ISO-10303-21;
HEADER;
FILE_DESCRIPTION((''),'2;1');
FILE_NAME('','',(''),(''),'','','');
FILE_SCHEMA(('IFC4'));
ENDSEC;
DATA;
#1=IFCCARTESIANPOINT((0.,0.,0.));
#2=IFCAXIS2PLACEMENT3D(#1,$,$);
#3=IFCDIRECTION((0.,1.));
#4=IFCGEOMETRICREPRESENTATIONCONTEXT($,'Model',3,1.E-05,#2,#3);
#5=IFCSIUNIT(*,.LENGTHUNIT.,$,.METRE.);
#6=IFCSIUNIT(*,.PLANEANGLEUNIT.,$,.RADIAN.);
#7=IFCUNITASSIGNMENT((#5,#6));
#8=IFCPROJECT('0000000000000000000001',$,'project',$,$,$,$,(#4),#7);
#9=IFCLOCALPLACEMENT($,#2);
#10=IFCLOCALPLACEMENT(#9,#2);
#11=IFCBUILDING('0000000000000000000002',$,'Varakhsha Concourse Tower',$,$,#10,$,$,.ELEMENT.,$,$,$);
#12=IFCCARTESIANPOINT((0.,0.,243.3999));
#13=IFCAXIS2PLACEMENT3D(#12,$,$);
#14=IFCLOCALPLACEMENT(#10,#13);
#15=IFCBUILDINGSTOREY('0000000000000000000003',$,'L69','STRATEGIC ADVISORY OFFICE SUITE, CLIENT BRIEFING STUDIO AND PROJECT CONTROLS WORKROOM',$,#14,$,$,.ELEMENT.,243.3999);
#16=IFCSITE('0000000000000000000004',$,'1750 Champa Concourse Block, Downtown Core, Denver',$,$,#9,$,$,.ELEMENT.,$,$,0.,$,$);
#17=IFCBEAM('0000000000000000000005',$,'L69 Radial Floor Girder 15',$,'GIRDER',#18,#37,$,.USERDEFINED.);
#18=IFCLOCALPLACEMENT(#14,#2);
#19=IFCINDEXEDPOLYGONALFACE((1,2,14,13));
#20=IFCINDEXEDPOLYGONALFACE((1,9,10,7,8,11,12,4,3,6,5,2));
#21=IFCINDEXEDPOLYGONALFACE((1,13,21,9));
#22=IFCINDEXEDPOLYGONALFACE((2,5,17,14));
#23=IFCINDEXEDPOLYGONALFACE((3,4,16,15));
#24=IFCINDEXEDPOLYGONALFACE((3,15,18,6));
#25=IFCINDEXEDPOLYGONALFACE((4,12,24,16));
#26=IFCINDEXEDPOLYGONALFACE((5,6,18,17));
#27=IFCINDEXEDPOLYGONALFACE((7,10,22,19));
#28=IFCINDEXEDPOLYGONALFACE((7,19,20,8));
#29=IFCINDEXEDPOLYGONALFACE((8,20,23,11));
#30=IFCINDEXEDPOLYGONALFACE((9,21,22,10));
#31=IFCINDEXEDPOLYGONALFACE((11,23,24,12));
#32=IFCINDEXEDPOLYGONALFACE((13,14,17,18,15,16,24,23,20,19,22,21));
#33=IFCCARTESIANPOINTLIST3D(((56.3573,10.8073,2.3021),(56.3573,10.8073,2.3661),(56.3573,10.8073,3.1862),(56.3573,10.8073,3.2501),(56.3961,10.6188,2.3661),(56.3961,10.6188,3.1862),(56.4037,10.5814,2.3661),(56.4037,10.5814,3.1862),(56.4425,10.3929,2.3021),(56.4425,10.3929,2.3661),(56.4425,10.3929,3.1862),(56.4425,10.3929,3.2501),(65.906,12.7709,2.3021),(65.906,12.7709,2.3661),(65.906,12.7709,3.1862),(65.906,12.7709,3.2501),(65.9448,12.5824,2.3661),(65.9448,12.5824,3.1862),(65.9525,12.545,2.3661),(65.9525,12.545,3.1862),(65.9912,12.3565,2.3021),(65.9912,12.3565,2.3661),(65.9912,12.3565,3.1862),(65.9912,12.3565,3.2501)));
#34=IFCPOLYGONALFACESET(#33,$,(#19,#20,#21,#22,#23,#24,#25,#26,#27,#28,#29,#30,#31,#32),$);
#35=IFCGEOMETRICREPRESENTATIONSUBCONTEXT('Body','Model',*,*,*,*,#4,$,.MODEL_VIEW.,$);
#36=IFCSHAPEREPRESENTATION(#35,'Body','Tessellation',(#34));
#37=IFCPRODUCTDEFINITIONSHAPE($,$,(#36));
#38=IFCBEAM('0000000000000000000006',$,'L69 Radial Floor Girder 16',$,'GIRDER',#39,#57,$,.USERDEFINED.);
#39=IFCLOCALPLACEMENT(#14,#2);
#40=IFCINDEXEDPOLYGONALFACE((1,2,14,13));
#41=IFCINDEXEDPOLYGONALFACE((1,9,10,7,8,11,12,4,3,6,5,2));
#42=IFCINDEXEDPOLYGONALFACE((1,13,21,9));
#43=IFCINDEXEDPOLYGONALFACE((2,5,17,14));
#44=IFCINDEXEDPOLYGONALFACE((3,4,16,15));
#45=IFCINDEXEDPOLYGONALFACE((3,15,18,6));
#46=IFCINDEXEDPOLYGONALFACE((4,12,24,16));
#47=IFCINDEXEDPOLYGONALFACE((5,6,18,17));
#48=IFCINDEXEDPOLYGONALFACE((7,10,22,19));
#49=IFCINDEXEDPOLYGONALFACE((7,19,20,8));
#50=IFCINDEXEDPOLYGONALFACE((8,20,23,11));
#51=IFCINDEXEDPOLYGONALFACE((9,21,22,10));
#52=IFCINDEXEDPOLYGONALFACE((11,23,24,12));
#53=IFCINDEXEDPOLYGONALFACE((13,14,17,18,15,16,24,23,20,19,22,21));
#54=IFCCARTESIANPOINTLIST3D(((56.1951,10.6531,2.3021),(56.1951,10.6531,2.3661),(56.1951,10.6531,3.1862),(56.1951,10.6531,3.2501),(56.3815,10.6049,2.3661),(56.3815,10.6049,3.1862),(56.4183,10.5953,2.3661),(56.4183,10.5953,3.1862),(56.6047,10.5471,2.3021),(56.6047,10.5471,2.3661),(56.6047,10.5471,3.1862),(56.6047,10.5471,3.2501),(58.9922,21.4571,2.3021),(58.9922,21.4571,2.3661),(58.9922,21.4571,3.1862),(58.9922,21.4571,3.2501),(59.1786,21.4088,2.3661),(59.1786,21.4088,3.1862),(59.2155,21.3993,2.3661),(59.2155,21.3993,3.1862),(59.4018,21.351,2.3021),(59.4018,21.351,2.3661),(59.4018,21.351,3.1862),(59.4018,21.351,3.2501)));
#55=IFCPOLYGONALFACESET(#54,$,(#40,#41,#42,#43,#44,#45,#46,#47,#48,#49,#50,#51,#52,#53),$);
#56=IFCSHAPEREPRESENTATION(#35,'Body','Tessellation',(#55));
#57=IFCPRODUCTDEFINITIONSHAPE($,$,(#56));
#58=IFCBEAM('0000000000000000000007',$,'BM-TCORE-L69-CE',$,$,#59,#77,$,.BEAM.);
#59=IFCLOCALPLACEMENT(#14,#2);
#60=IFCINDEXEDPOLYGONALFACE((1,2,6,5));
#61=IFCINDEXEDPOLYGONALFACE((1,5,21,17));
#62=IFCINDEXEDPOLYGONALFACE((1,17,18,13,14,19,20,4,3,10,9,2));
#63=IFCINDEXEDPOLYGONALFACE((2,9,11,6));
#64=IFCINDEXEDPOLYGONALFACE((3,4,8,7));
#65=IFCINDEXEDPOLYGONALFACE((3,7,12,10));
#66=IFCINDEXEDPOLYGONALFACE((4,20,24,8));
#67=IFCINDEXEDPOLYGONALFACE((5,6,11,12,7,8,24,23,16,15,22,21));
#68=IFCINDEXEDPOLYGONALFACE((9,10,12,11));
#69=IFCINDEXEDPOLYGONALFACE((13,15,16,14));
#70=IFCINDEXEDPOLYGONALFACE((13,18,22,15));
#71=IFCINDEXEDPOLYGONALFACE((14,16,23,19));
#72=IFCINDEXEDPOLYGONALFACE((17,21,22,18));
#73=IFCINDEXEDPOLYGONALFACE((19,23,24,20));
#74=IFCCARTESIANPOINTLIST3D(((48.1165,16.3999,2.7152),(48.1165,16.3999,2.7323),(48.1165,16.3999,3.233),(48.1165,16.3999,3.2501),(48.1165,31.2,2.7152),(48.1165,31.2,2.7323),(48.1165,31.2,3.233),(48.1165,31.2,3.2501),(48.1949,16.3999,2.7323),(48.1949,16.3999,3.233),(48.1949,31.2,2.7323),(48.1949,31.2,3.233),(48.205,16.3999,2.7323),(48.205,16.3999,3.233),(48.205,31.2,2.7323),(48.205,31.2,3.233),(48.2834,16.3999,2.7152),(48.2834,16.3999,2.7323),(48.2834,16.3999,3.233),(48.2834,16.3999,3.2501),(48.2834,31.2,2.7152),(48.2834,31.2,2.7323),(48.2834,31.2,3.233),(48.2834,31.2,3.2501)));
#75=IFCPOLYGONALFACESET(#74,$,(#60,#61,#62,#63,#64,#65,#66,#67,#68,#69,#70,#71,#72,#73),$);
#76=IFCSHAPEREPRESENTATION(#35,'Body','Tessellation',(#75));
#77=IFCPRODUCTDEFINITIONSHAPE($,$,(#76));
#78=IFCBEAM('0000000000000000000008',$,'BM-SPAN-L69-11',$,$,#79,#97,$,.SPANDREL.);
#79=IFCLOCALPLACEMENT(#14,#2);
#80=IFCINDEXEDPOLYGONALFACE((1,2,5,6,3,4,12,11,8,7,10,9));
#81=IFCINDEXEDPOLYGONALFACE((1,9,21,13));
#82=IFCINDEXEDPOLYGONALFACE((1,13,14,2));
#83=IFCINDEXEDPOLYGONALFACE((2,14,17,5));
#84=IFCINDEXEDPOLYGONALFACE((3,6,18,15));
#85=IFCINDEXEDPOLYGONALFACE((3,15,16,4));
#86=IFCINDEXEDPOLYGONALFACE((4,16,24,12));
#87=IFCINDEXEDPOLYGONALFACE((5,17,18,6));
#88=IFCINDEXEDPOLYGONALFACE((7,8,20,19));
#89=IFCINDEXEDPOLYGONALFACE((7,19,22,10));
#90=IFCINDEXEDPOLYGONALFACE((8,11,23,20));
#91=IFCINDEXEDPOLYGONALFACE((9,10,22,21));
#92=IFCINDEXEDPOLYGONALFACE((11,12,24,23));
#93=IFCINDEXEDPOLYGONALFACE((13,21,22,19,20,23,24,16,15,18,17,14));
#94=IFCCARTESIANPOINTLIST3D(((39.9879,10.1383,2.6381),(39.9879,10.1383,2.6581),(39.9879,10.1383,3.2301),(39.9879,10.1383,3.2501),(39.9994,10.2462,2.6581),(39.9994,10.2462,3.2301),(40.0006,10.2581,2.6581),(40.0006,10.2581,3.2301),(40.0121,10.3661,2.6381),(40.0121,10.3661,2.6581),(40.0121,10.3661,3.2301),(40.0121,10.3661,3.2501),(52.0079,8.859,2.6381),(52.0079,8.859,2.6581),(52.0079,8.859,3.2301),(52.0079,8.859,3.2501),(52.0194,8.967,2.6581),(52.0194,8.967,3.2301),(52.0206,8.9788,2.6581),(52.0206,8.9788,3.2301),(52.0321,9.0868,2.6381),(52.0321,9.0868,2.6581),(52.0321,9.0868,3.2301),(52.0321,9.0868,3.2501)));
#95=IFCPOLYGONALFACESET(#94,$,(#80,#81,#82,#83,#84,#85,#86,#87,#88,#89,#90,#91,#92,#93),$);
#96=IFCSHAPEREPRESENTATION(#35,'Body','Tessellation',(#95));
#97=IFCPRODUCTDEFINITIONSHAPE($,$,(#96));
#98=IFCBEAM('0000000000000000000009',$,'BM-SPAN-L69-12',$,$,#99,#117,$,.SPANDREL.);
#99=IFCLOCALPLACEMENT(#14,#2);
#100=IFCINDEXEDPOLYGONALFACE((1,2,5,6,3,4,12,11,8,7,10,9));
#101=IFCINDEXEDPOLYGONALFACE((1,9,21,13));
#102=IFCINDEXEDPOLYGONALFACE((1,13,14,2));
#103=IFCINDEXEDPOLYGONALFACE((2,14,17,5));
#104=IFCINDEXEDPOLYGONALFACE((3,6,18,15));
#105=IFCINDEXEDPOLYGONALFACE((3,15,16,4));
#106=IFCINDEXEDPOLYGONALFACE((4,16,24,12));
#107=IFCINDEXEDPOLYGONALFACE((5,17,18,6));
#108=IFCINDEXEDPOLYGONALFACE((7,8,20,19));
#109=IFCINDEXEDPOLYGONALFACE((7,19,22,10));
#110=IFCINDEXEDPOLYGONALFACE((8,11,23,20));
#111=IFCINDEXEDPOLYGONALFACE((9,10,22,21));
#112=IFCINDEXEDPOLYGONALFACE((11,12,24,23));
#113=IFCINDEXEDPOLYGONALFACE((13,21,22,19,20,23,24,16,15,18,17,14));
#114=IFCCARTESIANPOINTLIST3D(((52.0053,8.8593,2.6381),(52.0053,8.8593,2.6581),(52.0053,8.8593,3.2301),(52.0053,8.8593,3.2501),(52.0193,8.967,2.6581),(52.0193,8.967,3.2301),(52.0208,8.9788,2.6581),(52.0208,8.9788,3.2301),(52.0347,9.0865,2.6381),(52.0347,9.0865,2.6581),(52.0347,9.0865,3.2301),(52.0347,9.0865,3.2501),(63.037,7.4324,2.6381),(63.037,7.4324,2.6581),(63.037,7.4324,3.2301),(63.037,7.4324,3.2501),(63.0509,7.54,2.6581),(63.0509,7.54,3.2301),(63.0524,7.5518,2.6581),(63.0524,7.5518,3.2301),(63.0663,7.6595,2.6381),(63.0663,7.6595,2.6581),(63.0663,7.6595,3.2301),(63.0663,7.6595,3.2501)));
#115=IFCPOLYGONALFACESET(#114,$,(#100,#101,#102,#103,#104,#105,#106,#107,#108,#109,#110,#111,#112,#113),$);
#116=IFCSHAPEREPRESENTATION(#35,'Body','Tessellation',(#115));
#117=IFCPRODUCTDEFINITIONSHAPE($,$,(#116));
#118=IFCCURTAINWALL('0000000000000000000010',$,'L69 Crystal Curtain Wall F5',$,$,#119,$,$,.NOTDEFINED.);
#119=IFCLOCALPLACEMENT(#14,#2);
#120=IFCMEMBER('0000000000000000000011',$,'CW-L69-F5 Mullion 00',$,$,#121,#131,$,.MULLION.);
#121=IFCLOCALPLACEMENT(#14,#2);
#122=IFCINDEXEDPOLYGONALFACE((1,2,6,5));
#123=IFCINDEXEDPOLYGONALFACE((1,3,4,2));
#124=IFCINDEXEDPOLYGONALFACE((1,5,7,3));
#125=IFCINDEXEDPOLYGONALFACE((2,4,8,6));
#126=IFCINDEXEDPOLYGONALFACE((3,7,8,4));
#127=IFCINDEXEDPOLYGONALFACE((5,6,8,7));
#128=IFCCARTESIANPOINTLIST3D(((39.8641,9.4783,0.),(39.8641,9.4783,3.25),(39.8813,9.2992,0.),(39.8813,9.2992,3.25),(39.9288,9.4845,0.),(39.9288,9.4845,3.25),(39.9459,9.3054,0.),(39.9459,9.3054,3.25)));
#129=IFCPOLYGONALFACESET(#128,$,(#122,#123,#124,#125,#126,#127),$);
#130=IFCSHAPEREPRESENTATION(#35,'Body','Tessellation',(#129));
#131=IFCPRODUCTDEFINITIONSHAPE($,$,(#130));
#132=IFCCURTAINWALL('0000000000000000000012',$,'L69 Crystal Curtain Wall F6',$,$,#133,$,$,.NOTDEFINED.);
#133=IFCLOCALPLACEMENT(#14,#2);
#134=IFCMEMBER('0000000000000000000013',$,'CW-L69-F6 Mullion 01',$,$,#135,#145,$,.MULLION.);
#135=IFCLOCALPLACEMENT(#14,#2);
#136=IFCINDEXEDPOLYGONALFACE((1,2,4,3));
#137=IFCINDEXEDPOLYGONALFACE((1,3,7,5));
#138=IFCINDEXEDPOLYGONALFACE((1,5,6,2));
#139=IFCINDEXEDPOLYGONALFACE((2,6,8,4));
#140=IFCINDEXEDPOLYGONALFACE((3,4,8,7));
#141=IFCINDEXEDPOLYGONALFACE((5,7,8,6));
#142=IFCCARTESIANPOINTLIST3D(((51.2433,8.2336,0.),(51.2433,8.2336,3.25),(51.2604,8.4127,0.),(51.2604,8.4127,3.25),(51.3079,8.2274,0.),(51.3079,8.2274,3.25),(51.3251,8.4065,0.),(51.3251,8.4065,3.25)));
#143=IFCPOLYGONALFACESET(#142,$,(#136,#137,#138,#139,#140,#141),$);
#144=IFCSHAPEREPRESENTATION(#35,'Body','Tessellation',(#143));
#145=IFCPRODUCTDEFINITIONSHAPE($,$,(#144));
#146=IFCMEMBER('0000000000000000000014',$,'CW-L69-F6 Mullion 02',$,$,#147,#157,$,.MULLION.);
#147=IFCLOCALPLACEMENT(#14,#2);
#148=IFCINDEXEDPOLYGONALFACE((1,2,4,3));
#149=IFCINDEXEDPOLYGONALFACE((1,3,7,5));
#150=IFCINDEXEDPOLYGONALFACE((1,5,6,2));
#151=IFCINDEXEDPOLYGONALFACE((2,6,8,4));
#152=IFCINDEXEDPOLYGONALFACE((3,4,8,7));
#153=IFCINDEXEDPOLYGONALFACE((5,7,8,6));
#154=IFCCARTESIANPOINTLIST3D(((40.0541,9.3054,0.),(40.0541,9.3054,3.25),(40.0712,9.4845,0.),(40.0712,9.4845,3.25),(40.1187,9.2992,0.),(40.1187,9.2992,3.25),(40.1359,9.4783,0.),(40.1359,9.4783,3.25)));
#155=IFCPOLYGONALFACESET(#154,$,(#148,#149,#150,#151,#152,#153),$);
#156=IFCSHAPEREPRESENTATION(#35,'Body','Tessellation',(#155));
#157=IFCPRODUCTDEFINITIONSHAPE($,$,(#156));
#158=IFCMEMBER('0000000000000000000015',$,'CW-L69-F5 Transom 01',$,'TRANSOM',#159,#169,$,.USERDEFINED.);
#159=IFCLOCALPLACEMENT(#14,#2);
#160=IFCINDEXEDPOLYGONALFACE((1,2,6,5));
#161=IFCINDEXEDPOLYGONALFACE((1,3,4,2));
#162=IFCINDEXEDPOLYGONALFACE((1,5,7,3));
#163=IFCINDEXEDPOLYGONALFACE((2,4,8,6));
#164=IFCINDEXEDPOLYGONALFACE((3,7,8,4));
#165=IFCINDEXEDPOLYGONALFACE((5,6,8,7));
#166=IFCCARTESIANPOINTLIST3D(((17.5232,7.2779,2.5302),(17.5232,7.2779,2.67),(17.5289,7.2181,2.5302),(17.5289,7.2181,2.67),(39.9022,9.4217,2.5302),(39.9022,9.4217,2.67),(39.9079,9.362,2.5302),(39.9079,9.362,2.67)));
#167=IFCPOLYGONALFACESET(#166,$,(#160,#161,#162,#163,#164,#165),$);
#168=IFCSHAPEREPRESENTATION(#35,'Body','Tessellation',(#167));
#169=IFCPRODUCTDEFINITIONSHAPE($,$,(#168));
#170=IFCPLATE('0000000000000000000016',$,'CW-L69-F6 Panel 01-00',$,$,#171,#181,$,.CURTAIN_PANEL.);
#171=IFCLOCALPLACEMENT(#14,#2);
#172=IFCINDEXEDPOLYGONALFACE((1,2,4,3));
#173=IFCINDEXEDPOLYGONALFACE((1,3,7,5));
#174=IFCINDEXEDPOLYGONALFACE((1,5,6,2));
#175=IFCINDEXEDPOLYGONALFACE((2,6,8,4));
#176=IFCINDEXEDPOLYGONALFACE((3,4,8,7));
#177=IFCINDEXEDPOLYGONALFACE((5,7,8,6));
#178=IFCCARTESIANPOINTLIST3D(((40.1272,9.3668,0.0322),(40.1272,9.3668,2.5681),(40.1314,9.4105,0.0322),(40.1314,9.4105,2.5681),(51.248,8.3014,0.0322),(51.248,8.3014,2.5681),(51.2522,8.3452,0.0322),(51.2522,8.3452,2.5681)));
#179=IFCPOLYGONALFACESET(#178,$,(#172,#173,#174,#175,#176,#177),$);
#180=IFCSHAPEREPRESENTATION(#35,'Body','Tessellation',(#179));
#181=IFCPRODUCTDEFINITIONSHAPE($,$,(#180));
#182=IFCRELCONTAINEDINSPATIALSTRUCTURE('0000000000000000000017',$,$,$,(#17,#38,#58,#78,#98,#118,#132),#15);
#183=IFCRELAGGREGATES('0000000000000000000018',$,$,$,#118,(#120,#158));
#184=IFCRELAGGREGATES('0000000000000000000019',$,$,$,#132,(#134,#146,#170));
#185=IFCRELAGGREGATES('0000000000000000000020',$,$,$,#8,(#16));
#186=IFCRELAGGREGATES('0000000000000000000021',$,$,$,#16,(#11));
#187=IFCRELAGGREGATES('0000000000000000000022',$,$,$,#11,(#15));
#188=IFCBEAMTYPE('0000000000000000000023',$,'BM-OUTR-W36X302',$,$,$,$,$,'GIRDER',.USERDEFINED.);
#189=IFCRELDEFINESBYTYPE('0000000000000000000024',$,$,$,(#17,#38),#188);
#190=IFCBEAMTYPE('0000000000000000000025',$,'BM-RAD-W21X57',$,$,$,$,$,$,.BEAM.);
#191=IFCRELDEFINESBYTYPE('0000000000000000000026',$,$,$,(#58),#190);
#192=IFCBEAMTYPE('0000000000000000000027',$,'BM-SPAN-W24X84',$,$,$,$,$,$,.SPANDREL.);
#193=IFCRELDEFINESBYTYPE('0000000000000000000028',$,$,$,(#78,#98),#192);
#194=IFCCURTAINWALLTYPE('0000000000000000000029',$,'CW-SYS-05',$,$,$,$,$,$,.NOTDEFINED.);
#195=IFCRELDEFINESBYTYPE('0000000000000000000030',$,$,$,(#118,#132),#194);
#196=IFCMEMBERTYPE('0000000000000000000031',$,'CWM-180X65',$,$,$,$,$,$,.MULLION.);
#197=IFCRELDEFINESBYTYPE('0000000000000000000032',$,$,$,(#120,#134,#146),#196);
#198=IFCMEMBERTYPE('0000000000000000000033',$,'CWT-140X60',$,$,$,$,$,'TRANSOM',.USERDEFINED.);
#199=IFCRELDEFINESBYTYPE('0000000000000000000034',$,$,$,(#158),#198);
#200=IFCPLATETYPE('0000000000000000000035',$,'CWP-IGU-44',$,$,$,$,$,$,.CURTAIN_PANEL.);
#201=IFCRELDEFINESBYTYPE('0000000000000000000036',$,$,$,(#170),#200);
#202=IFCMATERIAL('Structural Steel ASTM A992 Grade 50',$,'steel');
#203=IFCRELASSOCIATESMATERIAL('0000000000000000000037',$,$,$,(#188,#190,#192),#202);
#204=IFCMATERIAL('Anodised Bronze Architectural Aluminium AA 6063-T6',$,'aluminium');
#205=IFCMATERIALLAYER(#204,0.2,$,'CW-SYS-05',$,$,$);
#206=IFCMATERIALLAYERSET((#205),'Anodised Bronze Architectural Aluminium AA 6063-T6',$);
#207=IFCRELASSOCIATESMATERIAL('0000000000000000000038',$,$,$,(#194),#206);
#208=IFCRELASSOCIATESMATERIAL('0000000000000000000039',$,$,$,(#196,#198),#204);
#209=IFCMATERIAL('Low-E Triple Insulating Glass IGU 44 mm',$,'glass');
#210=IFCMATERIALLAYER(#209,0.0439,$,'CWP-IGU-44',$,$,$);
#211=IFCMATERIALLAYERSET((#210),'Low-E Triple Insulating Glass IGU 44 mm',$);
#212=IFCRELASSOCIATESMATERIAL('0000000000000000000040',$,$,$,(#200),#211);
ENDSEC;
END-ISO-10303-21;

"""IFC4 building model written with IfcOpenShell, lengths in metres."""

from ifc_helpers import new_model, si_unit, direction, frame, origin, origin_2d, place, context, subcontext, project, spatial, rectangle, i_section, extrude, source, transform, mapped, material, layer, layer_set, material_profile, profile_set, type_object, type_shapes, element, aggregate, save


model = new_model("IFC4")

# Units and contexts
model_context = context("Model", 3, precision=1e-05, world=origin(), true_north=direction((0.0, 1.0)))
body_context = subcontext(model_context, "Body", "Model", "MODEL_VIEW")
ifc_project = project(units=[si_unit("LENGTHUNIT", "METRE"), si_unit("PLANEANGLEUNIT", "RADIAN")], contexts=[model_context])

# Site, building, storey
site_placement = place(None, origin())
site = spatial("IfcSite", under=ifc_project, at=site_placement, Name="1750 Champa Concourse Block, Downtown Core, Denver", CompositionType="ELEMENT", RefElevation=0.0)
building_placement = place(site_placement, origin())
building = spatial("IfcBuilding", under=site, at=building_placement, Name="Varakhsha Concourse Tower", CompositionType="ELEMENT")
storey_placement = place(building_placement, frame((0.0, 0.0, 243.3999)))
storey = spatial("IfcBuildingStorey", under=building, at=storey_placement, Name="L69", Description="STRATEGIC ADVISORY OFFICE SUITE, CLIENT BRIEFING STUDIO AND PROJECT CONTROLS WORKROOM", CompositionType="ELEMENT", Elevation=243.3999)

# Shared definitions
ifc_material_1 = material(Name="Structural Steel ASTM A992 Grade 50", Category="steel")

# Beams
ifc_material_profile_1 = material_profile(ifc_material_1, i_section(OverallWidth=0.4231, OverallDepth=0.948, WebThickness=0.0381, FlangeThickness=0.064, at=origin_2d()), Name="W36X302")
ifc_profile_set_1 = profile_set([ifc_material_profile_1], Name="Structural Steel ASTM A992 Grade 50")
beam_type_1 = type_object("IfcBeamType", Name="BM-OUTR-W36X302", ElementType="GIRDER", PredefinedType="USERDEFINED", material=ifc_profile_set_1)
beam_1_placement = place(storey_placement, frame((56.3999, 10.6001, 2.7761), z_axis=(0.979504, 0.201425, 0.0), x_axis=(-0.201425, 0.979504, 0.0)))
element("IfcBeam", 1, at=beam_1_placement, inside=storey, type_object=beam_type_1, Name="L69 Radial Floor Girder 15", ObjectType="GIRDER", PredefinedType="USERDEFINED", context=body_context, shape_type="SweptSolid", body=[
    extrude(i_section(OverallWidth=0.4231, OverallDepth=0.948, WebThickness=0.0381, FlangeThickness=0.064, at=origin_2d()), origin(), (0.0, 0.0, 1.0), 9.7485),
])
beam_2_placement = place(storey_placement, frame((56.3999, 10.6001, 2.7761), z_axis=(0.250634, 0.968082, 0.0), x_axis=(-0.968082, 0.250634, 0.0)))
element("IfcBeam", 2, at=beam_2_placement, inside=storey, type_object=beam_type_1, Name="L69 Radial Floor Girder 16", ObjectType="GIRDER", PredefinedType="USERDEFINED", context=body_context, shape_type="SweptSolid", body=[
    extrude(i_section(OverallWidth=0.4231, OverallDepth=0.948, WebThickness=0.0381, FlangeThickness=0.064, at=origin_2d()), origin(), (0.0, 0.0, 1.0), 11.1602),
])
ifc_material_profile_2 = material_profile(ifc_material_1, i_section(OverallWidth=0.167, OverallDepth=0.5349, WebThickness=0.01, FlangeThickness=0.0171, at=origin_2d()), Name="W21X57")
ifc_profile_set_2 = profile_set([ifc_material_profile_2], Name="Structural Steel ASTM A992 Grade 50")
beam_type_2 = type_object("IfcBeamType", Name="BM-RAD-W21X57", PredefinedType="BEAM", material=ifc_profile_set_2)
beam_3_placement = place(storey_placement, frame((48.2, 16.3999, 2.9827), z_axis=(0.0, 1.0, 0.0), x_axis=(-1.0, 0.0, 0.0)))
element("IfcBeam", 3, at=beam_3_placement, inside=storey, type_object=beam_type_2, Name="BM-TCORE-L69-CE", PredefinedType="BEAM", context=body_context, shape_type="SweptSolid", body=[
    extrude(i_section(OverallWidth=0.167, OverallDepth=0.5349, WebThickness=0.01, FlangeThickness=0.0171, at=origin_2d()), origin(), (0.0, 0.0, 1.0), 14.8),
])
ifc_material_profile_3 = material_profile(ifc_material_1, i_section(OverallWidth=0.229, OverallDepth=0.6121, WebThickness=0.012, FlangeThickness=0.02, at=origin_2d()), Name="W24X84")
ifc_profile_set_3 = profile_set([ifc_material_profile_3], Name="Structural Steel ASTM A992 Grade 50")
beam_type_3 = type_object("IfcBeamType", Name="BM-SPAN-W24X84", PredefinedType="SPANDREL", material=ifc_profile_set_3)
beam_4_placement = place(storey_placement, frame((40.0, 10.2522, 2.9441), z_axis=(0.994384, -0.105833, 0.0), x_axis=(0.105833, 0.994384, 0.0)))
element("IfcBeam", 4, at=beam_4_placement, inside=storey, type_object=beam_type_3, Name="BM-SPAN-L69-11", PredefinedType="SPANDREL", context=body_context, shape_type="SweptSolid", body=[
    extrude(i_section(OverallWidth=0.229, OverallDepth=0.6121, WebThickness=0.012, FlangeThickness=0.02, at=origin_2d()), origin(), (0.0, 0.0, 1.0), 12.0879),
])
beam_5_placement = place(storey_placement, frame((52.02, 8.9729, 2.9441), z_axis=(0.991737, -0.128285, 0.0), x_axis=(0.128285, 0.991737, 0.0)))
element("IfcBeam", 5, at=beam_5_placement, inside=storey, type_object=beam_type_3, Name="BM-SPAN-L69-12", PredefinedType="SPANDREL", context=body_context, shape_type="SweptSolid", body=[
    extrude(i_section(OverallWidth=0.229, OverallDepth=0.6121, WebThickness=0.012, FlangeThickness=0.02, at=origin_2d()), origin(), (0.0, 0.0, 1.0), 11.1235),
])

# Curtain wall, member
ifc_material_2 = material(Name="Anodised Bronze Architectural Aluminium AA 6063-T6", Category="aluminium")
ifc_layer_1 = layer(ifc_material_2, 0.2, Name="CW-SYS-05")
ifc_layer_set_1 = layer_set([ifc_layer_1], Name="Anodised Bronze Architectural Aluminium AA 6063-T6")
curtain_wall_type = type_object("IfcCurtainWallType", Name="CW-SYS-05", PredefinedType="NOTDEFINED", material=ifc_layer_set_1)
curtain_wall_1_placement = place(storey_placement, origin())
curtain_wall_1 = element("IfcCurtainWall", 6, at=curtain_wall_1_placement, inside=storey, type_object=curtain_wall_type, Name="L69 Crystal Curtain Wall F5", PredefinedType="NOTDEFINED")
ifc_material_profile_4 = material_profile(ifc_material_2, rectangle(XDim=0.0649, YDim=0.1799, at=origin_2d()), Name="CWM-180X65")
ifc_profile_set_4 = profile_set([ifc_material_profile_4], Name="Anodised Bronze Architectural Aluminium AA 6063-T6")
member_type_1 = type_object("IfcMemberType", Name="CWM-180X65", PredefinedType="MULLION", material=ifc_profile_set_4)
shared_shape_1 = source(origin(), body_context, "Body", "SweptSolid", [
    extrude(rectangle(XDim=0.0649, YDim=0.1799, at=origin_2d()), origin(), (0.0, 0.0, 1.0), 3.25),
])
type_shapes(member_type_1, [shared_shape_1])
member_1_placement = place(storey_placement, frame((39.905, 9.3918, 0.0), z_axis=(0.0, 0.0, 1.0), x_axis=(-0.995443, -0.095363, 0.0)))
member_1 = element("IfcMember", 7, at=member_1_placement, type_object=member_type_1, Name="CW-L69-F5 Mullion 00", PredefinedType="MULLION", context=body_context, shape_type="MappedRepresentation", body=[
    mapped(shared_shape_1, transform((0.0, 0.0, 0.0), scale=1.0)),
])

# Curtain wall, members
curtain_wall_2_placement = place(storey_placement, origin())
curtain_wall_2 = element("IfcCurtainWall", 8, at=curtain_wall_2_placement, inside=storey, type_object=curtain_wall_type, Name="L69 Crystal Curtain Wall F6", PredefinedType="NOTDEFINED")
member_2_placement = place(storey_placement, frame((51.2842, 8.3201, 0.0), z_axis=(0.0, 0.0, 1.0), x_axis=(-0.995443, 0.095363, 0.0)))
member_2 = element("IfcMember", 9, at=member_2_placement, type_object=member_type_1, Name="CW-L69-F6 Mullion 01", PredefinedType="MULLION", context=body_context, shape_type="MappedRepresentation", body=[
    mapped(shared_shape_1, transform((0.0, 0.0, 0.0), scale=1.0)),
])
member_3_placement = place(storey_placement, frame((40.095, 9.3918, 0.0), z_axis=(0.0, 0.0, 1.0), x_axis=(-0.995443, 0.095363, 0.0)))
member_3 = element("IfcMember", 10, at=member_3_placement, type_object=member_type_1, Name="CW-L69-F6 Mullion 02", PredefinedType="MULLION", context=body_context, shape_type="MappedRepresentation", body=[
    mapped(shared_shape_1, transform((0.0, 0.0, 0.0), scale=1.0)),
])

# Member
ifc_material_profile_5 = material_profile(ifc_material_2, rectangle(XDim=0.0601, YDim=0.1399, at=origin_2d()), Name="CWT-140X60")
ifc_profile_set_5 = profile_set([ifc_material_profile_5], Name="Anodised Bronze Architectural Aluminium AA 6063-T6")
member_type_2 = type_object("IfcMemberType", Name="CWT-140X60", ElementType="TRANSOM", PredefinedType="USERDEFINED", material=ifc_profile_set_5)
shared_shape_2 = source(origin(), body_context, "Body", "SweptSolid", [
    extrude(rectangle(XDim=0.0601, YDim=0.1399, at=origin_2d()), origin(), (0.0, 0.0, 1.0), 22.4814),
])
type_shapes(member_type_2, [shared_shape_2])
member_4_placement = place(storey_placement, frame((39.905, 9.3918, 2.6001), z_axis=(-0.995443, -0.095359, 0.0), x_axis=(0.095359, -0.995443, 0.0)))
member_4 = element("IfcMember", 11, at=member_4_placement, type_object=member_type_2, Name="CW-L69-F5 Transom 01", ObjectType="TRANSOM", PredefinedType="USERDEFINED", context=body_context, shape_type="MappedRepresentation", body=[
    mapped(shared_shape_2, transform((0.0, 0.0, 0.0), scale=1.0)),
])
aggregate(curtain_wall_1, [member_1, member_4])

# Plate
ifc_material_3 = material(Name="Low-E Triple Insulating Glass IGU 44 mm", Category="glass")
ifc_layer_2 = layer(ifc_material_3, 0.0439, Name="CWP-IGU-44")
ifc_layer_set_2 = layer_set([ifc_layer_2], Name="Low-E Triple Insulating Glass IGU 44 mm")
plate_type_1 = type_object("IfcPlateType", Name="CWP-IGU-44", PredefinedType="CURTAIN_PANEL", material=ifc_layer_set_2)
shared_shape_3 = source(origin(), body_context, "Body", "SweptSolid", [
    extrude(rectangle(XDim=11.1716, YDim=0.0439, at=origin_2d()), origin(), (0.0, 0.0, 1.0), 2.5359),
])
type_shapes(plate_type_1, [shared_shape_3])
plate_1_placement = place(storey_placement, frame((45.6897, 8.856, 0.0322), z_axis=(0.0, 0.0, 1.0), x_axis=(-0.995443, 0.095363, 0.0)))
plate_1 = element("IfcPlate", 12, at=plate_1_placement, type_object=plate_type_1, Name="CW-L69-F6 Panel 01-00", PredefinedType="CURTAIN_PANEL", context=body_context, shape_type="MappedRepresentation", body=[
    mapped(shared_shape_3, transform((0.0, 0.0, 0.0), scale=1.0)),
])
aggregate(curtain_wall_2, [member_2, member_3, plate_1])

save(model, "model.ifc")
